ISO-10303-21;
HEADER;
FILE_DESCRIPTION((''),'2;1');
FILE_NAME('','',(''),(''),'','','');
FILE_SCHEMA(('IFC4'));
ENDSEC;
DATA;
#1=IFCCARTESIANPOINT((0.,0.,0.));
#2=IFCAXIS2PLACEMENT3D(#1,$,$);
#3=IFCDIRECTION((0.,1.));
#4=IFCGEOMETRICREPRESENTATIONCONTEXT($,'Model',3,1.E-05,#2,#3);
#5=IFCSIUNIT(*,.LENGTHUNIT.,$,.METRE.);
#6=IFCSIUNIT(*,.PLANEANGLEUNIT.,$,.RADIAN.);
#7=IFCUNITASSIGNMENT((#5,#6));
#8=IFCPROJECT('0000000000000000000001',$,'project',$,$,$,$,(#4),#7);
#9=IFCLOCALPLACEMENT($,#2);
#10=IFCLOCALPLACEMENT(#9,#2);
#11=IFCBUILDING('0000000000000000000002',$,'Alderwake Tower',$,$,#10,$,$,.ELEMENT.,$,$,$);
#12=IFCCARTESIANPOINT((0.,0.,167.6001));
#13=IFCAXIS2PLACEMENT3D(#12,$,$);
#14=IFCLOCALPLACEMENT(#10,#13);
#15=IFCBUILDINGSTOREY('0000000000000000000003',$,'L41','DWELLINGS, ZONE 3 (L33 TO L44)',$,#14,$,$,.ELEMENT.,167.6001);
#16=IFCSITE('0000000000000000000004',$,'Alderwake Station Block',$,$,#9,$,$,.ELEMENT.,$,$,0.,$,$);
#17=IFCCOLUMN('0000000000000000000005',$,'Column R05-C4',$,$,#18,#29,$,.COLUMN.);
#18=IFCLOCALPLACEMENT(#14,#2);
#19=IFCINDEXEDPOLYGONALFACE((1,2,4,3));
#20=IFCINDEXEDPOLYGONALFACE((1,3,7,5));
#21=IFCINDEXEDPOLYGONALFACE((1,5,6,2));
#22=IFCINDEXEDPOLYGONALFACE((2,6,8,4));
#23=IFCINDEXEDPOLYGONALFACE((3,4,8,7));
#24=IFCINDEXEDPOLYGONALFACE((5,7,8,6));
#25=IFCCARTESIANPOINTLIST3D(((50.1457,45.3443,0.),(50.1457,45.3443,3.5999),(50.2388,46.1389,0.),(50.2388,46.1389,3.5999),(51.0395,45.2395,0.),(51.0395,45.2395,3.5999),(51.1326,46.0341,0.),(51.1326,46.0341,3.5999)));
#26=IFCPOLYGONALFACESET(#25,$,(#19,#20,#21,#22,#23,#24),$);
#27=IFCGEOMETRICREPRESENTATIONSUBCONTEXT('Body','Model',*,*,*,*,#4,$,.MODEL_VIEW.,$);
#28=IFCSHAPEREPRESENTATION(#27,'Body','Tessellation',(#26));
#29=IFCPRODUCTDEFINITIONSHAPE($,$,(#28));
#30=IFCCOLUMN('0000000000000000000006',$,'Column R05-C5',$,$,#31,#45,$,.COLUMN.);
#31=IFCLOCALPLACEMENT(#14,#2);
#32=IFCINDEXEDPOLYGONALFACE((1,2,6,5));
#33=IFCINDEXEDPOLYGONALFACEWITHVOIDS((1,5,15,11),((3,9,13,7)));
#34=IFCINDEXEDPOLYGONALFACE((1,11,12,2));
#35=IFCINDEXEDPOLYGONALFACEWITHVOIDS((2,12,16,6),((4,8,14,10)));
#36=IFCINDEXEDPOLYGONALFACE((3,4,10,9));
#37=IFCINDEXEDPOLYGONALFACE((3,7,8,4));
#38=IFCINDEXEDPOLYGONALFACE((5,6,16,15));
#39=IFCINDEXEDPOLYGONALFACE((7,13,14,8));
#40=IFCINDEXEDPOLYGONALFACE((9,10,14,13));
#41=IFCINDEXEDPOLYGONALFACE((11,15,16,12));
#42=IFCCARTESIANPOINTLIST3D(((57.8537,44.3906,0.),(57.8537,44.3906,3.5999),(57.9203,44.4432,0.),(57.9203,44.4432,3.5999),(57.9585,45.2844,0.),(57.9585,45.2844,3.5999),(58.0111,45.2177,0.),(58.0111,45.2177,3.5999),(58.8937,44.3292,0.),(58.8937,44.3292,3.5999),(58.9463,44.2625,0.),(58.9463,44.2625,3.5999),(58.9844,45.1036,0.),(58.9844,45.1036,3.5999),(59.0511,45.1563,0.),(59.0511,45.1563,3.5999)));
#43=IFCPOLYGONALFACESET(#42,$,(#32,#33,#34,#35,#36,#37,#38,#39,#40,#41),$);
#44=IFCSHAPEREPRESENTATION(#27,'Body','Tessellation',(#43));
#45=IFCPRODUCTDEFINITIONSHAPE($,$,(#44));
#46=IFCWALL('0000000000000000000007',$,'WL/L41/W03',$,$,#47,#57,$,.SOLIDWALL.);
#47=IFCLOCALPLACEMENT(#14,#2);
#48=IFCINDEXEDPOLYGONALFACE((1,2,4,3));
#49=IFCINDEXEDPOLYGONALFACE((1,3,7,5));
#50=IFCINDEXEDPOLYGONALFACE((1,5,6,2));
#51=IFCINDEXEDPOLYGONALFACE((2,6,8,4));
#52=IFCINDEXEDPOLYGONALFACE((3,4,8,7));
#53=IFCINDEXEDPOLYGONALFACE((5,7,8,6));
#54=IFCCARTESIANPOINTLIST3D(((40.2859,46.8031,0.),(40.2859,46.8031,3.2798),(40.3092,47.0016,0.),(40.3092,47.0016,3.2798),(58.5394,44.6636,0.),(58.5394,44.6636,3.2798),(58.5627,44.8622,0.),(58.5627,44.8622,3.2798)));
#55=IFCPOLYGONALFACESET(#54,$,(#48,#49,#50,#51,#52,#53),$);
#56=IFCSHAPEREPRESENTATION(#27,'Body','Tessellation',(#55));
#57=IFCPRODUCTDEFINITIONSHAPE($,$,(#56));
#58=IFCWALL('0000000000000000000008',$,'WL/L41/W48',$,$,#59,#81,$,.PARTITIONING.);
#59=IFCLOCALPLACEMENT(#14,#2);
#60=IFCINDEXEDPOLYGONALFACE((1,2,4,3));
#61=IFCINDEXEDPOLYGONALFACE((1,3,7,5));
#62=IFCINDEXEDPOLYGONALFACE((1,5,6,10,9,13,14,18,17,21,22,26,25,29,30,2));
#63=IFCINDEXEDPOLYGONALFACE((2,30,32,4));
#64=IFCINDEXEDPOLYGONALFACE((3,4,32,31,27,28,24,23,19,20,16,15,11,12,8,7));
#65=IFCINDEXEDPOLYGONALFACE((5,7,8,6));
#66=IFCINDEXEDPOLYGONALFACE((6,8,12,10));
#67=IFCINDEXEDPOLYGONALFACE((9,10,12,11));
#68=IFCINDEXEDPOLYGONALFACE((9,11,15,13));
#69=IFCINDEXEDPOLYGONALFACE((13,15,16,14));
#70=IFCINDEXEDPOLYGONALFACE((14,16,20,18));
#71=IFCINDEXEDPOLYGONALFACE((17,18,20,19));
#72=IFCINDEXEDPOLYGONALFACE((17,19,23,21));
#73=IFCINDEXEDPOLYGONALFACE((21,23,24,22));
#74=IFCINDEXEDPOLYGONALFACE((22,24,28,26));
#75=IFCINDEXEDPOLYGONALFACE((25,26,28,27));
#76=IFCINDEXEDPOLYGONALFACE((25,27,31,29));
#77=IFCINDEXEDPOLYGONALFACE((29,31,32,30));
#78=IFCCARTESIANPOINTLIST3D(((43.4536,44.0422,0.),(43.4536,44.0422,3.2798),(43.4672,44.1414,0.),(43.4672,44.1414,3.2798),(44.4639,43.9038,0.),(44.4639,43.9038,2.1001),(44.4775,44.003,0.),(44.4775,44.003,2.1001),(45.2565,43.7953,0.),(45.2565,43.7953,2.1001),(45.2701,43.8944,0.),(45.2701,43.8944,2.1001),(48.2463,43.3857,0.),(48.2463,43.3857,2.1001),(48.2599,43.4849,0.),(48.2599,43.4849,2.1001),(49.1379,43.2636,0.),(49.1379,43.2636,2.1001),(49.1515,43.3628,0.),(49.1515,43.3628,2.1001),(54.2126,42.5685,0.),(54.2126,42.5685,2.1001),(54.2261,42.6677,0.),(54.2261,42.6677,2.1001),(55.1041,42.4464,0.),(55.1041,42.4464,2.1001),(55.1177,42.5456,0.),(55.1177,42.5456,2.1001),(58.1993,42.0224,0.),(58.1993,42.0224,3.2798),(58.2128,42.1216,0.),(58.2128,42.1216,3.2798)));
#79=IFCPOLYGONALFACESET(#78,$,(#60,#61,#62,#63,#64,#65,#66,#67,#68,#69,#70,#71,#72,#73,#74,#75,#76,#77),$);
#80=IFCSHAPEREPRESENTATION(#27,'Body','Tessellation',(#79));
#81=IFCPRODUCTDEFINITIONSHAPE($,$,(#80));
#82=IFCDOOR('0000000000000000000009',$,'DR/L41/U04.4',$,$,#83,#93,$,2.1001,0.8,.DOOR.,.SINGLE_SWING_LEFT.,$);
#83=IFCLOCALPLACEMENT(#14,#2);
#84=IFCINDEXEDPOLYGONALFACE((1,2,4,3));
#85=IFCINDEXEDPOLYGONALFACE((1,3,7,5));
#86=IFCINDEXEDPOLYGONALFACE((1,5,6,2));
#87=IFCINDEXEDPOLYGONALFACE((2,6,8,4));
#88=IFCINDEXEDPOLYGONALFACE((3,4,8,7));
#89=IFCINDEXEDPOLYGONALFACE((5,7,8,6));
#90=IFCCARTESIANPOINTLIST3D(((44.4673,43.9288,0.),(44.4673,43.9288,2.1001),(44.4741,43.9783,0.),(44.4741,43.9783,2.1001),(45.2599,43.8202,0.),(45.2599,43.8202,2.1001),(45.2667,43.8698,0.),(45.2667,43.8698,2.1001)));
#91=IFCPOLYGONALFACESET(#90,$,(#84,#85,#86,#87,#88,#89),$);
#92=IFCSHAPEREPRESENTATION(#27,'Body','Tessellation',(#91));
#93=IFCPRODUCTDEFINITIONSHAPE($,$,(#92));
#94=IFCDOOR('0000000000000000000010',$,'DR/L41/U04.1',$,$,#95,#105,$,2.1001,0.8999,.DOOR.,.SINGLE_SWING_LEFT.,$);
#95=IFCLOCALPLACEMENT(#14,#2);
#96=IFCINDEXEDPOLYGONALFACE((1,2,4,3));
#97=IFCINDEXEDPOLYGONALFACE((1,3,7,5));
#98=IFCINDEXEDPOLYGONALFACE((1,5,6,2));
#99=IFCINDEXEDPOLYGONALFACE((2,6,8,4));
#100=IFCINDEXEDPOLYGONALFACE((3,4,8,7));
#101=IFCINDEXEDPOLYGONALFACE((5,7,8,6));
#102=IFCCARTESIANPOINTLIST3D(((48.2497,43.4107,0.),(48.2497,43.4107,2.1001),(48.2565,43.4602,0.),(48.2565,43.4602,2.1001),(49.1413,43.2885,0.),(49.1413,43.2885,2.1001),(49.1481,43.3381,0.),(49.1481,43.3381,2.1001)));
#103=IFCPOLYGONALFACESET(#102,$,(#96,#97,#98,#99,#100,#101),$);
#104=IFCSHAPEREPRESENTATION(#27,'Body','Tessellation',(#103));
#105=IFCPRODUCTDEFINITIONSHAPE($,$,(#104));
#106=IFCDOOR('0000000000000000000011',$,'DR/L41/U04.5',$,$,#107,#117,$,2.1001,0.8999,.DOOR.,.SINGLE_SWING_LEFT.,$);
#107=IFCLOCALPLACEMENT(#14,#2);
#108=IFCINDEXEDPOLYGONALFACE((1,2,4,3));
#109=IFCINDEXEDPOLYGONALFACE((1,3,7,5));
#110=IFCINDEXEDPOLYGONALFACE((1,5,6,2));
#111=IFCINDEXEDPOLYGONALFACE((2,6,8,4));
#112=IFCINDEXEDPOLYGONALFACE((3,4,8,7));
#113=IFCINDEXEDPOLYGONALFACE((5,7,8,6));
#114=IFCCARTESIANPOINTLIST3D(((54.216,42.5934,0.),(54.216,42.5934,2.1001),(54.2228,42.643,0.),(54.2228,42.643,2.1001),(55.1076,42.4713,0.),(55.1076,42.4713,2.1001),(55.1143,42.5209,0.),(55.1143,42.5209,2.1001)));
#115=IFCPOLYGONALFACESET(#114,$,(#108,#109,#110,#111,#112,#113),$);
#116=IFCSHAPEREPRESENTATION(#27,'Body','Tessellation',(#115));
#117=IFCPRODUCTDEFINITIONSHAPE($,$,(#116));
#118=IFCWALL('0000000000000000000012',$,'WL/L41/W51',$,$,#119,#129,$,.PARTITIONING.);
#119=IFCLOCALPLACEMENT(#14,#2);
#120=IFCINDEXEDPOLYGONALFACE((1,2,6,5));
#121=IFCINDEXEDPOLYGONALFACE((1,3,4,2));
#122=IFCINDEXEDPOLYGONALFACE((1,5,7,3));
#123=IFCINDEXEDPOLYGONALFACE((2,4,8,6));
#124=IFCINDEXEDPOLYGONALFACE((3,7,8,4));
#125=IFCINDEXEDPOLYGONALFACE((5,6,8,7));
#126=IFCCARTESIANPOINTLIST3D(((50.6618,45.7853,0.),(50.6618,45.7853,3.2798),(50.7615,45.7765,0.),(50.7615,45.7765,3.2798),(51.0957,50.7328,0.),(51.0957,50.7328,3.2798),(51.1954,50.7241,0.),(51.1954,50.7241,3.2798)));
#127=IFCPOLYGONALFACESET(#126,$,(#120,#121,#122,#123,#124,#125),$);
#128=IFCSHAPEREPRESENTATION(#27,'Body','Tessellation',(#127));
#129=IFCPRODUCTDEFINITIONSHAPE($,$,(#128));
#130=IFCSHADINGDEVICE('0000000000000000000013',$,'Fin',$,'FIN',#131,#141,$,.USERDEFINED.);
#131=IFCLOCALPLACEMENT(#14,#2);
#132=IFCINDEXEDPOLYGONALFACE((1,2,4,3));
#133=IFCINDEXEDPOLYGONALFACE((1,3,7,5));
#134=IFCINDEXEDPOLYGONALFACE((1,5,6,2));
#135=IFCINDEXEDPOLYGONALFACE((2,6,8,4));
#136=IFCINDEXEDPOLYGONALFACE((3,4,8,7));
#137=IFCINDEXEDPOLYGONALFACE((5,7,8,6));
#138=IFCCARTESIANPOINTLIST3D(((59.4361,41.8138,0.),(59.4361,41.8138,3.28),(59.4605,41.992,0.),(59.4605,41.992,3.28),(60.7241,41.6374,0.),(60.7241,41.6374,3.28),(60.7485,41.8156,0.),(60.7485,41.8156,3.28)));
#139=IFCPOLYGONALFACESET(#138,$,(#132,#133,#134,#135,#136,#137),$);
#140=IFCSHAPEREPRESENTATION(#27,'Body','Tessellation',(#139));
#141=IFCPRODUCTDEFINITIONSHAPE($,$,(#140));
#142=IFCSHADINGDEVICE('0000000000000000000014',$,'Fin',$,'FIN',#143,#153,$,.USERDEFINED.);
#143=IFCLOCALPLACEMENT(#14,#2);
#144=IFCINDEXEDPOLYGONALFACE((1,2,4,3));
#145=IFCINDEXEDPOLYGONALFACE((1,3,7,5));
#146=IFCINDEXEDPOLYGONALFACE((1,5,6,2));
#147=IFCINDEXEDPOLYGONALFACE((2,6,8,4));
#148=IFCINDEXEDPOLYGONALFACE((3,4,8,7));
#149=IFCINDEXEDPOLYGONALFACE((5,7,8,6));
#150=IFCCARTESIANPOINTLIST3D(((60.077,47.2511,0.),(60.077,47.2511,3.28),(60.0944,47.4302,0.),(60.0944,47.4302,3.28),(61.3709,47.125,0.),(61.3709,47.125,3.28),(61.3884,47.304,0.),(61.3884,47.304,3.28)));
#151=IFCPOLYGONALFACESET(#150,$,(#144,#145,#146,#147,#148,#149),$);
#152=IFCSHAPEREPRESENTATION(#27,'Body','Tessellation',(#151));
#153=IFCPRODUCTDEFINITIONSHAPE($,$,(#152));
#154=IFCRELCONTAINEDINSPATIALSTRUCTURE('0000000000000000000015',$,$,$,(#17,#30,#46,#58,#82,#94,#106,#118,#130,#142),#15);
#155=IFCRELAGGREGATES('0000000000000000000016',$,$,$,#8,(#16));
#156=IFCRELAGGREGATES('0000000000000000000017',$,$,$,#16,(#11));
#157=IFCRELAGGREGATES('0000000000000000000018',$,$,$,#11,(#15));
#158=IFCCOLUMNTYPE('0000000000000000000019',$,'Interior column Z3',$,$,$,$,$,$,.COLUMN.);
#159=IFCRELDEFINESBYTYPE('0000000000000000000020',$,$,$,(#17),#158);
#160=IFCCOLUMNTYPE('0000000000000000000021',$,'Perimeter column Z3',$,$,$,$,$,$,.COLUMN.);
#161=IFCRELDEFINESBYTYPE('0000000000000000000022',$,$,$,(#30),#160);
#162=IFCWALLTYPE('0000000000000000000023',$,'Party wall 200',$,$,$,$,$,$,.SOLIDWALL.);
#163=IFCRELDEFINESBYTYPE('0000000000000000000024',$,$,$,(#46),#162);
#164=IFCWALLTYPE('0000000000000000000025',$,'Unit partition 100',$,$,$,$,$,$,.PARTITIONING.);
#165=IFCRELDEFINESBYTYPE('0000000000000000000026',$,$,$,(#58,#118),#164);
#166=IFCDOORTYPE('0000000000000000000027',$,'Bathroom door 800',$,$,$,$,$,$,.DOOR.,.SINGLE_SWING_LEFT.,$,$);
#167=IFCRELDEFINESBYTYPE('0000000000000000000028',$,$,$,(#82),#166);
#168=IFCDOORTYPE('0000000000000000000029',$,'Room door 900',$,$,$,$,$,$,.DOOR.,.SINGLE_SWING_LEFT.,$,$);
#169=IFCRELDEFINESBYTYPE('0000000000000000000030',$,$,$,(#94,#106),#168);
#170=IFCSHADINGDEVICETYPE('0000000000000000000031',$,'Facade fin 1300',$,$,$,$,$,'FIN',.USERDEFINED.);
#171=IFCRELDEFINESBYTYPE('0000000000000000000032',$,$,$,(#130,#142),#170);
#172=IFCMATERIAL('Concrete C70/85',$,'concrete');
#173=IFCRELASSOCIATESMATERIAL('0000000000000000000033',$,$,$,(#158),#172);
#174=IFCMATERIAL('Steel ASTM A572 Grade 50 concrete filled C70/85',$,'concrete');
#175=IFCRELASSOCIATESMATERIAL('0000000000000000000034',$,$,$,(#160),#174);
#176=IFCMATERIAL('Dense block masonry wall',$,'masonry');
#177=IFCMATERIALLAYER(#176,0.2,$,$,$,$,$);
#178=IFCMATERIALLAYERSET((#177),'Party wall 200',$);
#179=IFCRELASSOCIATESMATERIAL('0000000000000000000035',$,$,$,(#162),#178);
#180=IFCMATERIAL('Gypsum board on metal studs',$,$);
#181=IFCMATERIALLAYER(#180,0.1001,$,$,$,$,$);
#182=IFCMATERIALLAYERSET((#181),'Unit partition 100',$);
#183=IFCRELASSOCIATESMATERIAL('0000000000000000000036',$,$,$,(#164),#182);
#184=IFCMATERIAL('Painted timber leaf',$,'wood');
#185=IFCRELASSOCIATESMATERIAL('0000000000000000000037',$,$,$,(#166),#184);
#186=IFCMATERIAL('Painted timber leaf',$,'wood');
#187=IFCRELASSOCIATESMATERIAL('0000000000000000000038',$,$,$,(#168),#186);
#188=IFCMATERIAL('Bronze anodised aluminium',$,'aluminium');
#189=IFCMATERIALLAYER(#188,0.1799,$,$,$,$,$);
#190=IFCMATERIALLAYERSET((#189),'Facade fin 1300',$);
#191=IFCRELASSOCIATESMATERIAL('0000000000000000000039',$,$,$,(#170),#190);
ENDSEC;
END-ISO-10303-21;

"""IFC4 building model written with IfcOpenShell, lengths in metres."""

from ifc_helpers import new_model, si_unit, direction, frame, frame_2d, origin, origin_2d, place, context, subcontext, project, spatial, rectangle, hollow_rectangle, extrude, material, layer, layer_set, material_profile, profile_set, type_object, element, fill, save


model = new_model("IFC4")

# Units and contexts
model_context = context("Model", 3, precision=1e-05, world=origin(), true_north=direction((0.0, 1.0)))
body_context = subcontext(model_context, "Body", "Model", "MODEL_VIEW")
ifc_project = project(units=[si_unit("LENGTHUNIT", "METRE"), si_unit("PLANEANGLEUNIT", "RADIAN")], contexts=[model_context])

# Site, building, storey
site_placement = place(None, origin())
site = spatial("IfcSite", under=ifc_project, at=site_placement, Name="Alderwake Station Block", CompositionType="ELEMENT", RefElevation=0.0)
building_placement = place(site_placement, origin())
building = spatial("IfcBuilding", under=site, at=building_placement, Name="Alderwake Tower", CompositionType="ELEMENT")
storey_placement = place(building_placement, frame((0.0, 0.0, 167.6001)))
storey = spatial("IfcBuildingStorey", under=building, at=storey_placement, Name="L41", Description="DWELLINGS, ZONE 3 (L33 TO L44)", CompositionType="ELEMENT", Elevation=167.6001)

# Columns
ifc_material_1 = material(Name="Concrete C70/85", Category="concrete")
ifc_material_profile_1 = material_profile(ifc_material_1, rectangle(XDim=0.8, YDim=0.8999, at=origin_2d()), Name="RC 900X800")
ifc_profile_set_1 = profile_set([ifc_material_profile_1], Name="Concrete C70/85")
column_type_1 = type_object("IfcColumnType", Name="Interior column Z3", PredefinedType="COLUMN", material=ifc_profile_set_1)
column_1_placement = place(storey_placement, frame((50.6392, 45.6892, 0.0), z_axis=(0.0, 0.0, 1.0), x_axis=(0.116402, 0.993202, 0.0)))
element("IfcColumn", 1, at=column_1_placement, inside=storey, type_object=column_type_1, Name="Column R05-C4", PredefinedType="COLUMN", context=body_context, shape_type="SweptSolid", body=[
    extrude(rectangle(XDim=0.8, YDim=0.8999, at=origin_2d()), origin(), (0.0, 0.0, 1.0), 3.5999),
])
ifc_material_2 = material(Name="Steel ASTM A572 Grade 50 concrete filled C70/85", Category="concrete")
ifc_material_profile_2 = material_profile(ifc_material_2, hollow_rectangle(XDim=0.8999, YDim=1.1001, WallThickness=0.0601, at=origin_2d()), Name="BOX 1100X900X60")
ifc_profile_set_2 = profile_set([ifc_material_profile_2], Name="Steel ASTM A572 Grade 50 concrete filled C70/85")
column_type_2 = type_object("IfcColumnType", Name="Perimeter column Z3", PredefinedType="COLUMN", material=ifc_profile_set_2)
column_2_placement = place(storey_placement, frame((58.4524, 44.7734, 0.0), z_axis=(0.0, 0.0, 1.0), x_axis=(0.116402, 0.993202, 0.0)))
element("IfcColumn", 2, at=column_2_placement, inside=storey, type_object=column_type_2, Name="Column R05-C5", PredefinedType="COLUMN", context=body_context, shape_type="SweptSolid", body=[
    extrude(hollow_rectangle(XDim=0.8999, YDim=1.1001, WallThickness=0.0601, at=origin_2d()), origin(), (0.0, 0.0, 1.0), 3.5999),
])

# Wall
ifc_material_3 = material(Name="Dense block masonry wall", Category="masonry")
ifc_layer_1 = layer(ifc_material_3, 0.2)
ifc_layer_set_1 = layer_set([ifc_layer_1], Name="Party wall 200")
wall_type_1 = type_object("IfcWallType", Name="Party wall 200", PredefinedType="SOLIDWALL", material=ifc_layer_set_1)
wall_1_placement = place(storey_placement, frame((58.551, 44.7629, 0.0), z_axis=(0.0, 0.0, 1.0), x_axis=(-0.993201, 0.116409, 0.0)))
element("IfcWall", 3, at=wall_1_placement, inside=storey, type_object=wall_type_1, Name="WL/L41/W03", PredefinedType="SOLIDWALL", context=body_context, shape_type="SweptSolid", body=[
    extrude(rectangle(XDim=18.3784, YDim=0.2, at=frame_2d((9.1892, 0.0))), origin(), (0.0, 0.0, 1.0), 3.2798),
])

# Wall, openings, doors
ifc_material_4 = material(Name="Gypsum board on metal studs")
ifc_layer_2 = layer(ifc_material_4, 0.1001)
ifc_layer_set_2 = layer_set([ifc_layer_2], Name="Unit partition 100")
wall_type_2 = type_object("IfcWallType", Name="Unit partition 100", PredefinedType="PARTITIONING", material=ifc_layer_set_2)
wall_2_placement = place(storey_placement, frame((58.2061, 42.072, 0.0), z_axis=(0.0, 0.0, 1.0), x_axis=(-0.990749, 0.135708, 0.0)))
wall_2 = element("IfcWall", 4, at=wall_2_placement, inside=storey, type_object=wall_type_2, Name="WL/L41/W48", PredefinedType="PARTITIONING", context=body_context, shape_type="SweptSolid", body=[
    extrude(rectangle(XDim=14.8833, YDim=0.1001, at=frame_2d((7.4417, 0.0))), origin(), (0.0, 0.0, 1.0), 3.2798),
])
opening_1_placement = place(wall_2_placement, frame((9.146, 0.0, 0.0)))
opening_1 = element("IfcOpeningElement", 5, at=opening_1_placement, cuts=wall_2, PredefinedType="OPENING", context=body_context, shape_type="SweptSolid", body=[
    extrude(rectangle(XDim=0.8999, YDim=2.1001, at=frame_2d((0.45, 1.05))), frame((0.0, 0.0601, 0.0), z_axis=(0.0, -1.0, 0.0), x_axis=(1.0, 0.0, 0.0)), (0.0, 0.0, 1.0), 0.1201),
])
opening_2_placement = place(wall_2_placement, frame((13.0637, 0.0, 0.0)))
opening_2 = element("IfcOpeningElement", 6, at=opening_2_placement, cuts=wall_2, PredefinedType="OPENING", context=body_context, shape_type="SweptSolid", body=[
    extrude(rectangle(XDim=0.8, YDim=2.1001, at=frame_2d((0.3999, 1.05))), frame((0.0, 0.0601, 0.0), z_axis=(0.0, -1.0, 0.0), x_axis=(1.0, 0.0, 0.0)), (0.0, 0.0, 1.0), 0.1201),
])
opening_3_placement = place(wall_2_placement, frame((3.124, 0.0, 0.0)))
opening_3 = element("IfcOpeningElement", 7, at=opening_3_placement, cuts=wall_2, PredefinedType="OPENING", context=body_context, shape_type="SweptSolid", body=[
    extrude(rectangle(XDim=0.8999, YDim=2.1001, at=frame_2d((0.45, 1.05))), frame((0.0, 0.0601, 0.0), z_axis=(0.0, -1.0, 0.0), x_axis=(1.0, 0.0, 0.0)), (0.0, 0.0, 1.0), 0.1201),
])
ifc_material_5 = material(Name="Painted timber leaf", Category="wood")
door_type_1 = type_object("IfcDoorType", Name="Bathroom door 800", OperationType="SINGLE_SWING_LEFT", PredefinedType="DOOR", material=ifc_material_5)
door_1_placement = place(opening_2_placement, origin())
door_1 = element("IfcDoor", 8, at=door_1_placement, inside=storey, type_object=door_type_1, Name="DR/L41/U04.4", OperationType="SINGLE_SWING_LEFT", OverallHeight=2.1001, OverallWidth=0.8, PredefinedType="DOOR", context=body_context, shape_type="SweptSolid", body=[
    extrude(rectangle(XDim=0.8, YDim=2.1001, at=frame_2d((0.3999, 1.05))), frame((0.0, 0.0249, 0.0), z_axis=(0.0, -1.0, 0.0), x_axis=(1.0, 0.0, 0.0)), (0.0, 0.0, 1.0), 0.05),
])
fill(opening_2, door_1)
ifc_material_6 = material(Name="Painted timber leaf", Category="wood")
door_type_2 = type_object("IfcDoorType", Name="Room door 900", OperationType="SINGLE_SWING_LEFT", PredefinedType="DOOR", material=ifc_material_6)
door_2_placement = place(opening_1_placement, origin())
door_2 = element("IfcDoor", 9, at=door_2_placement, inside=storey, type_object=door_type_2, Name="DR/L41/U04.1", OperationType="SINGLE_SWING_LEFT", OverallHeight=2.1001, OverallWidth=0.8999, PredefinedType="DOOR", context=body_context, shape_type="SweptSolid", body=[
    extrude(rectangle(XDim=0.8999, YDim=2.1001, at=frame_2d((0.45, 1.05))), frame((0.0, 0.0249, 0.0), z_axis=(0.0, -1.0, 0.0), x_axis=(1.0, 0.0, 0.0)), (0.0, 0.0, 1.0), 0.05),
])
fill(opening_1, door_2)
door_3_placement = place(opening_3_placement, origin())
door_3 = element("IfcDoor", 10, at=door_3_placement, inside=storey, type_object=door_type_2, Name="DR/L41/U04.5", OperationType="SINGLE_SWING_LEFT", OverallHeight=2.1001, OverallWidth=0.8999, PredefinedType="DOOR", context=body_context, shape_type="SweptSolid", body=[
    extrude(rectangle(XDim=0.8999, YDim=2.1001, at=frame_2d((0.45, 1.05))), frame((0.0, 0.0249, 0.0), z_axis=(0.0, -1.0, 0.0), x_axis=(1.0, 0.0, 0.0)), (0.0, 0.0, 1.0), 0.05),
])
fill(opening_3, door_3)

# Wall
wall_3_placement = place(storey_placement, frame((50.7117, 45.7808, 0.0), z_axis=(0.0, 0.0, 1.0), x_axis=(0.087353, 0.996177, 0.0)))
element("IfcWall", 11, at=wall_3_placement, inside=storey, type_object=wall_type_2, Name="WL/L41/W51", PredefinedType="PARTITIONING", context=body_context, shape_type="SweptSolid", body=[
    extrude(rectangle(XDim=4.9666, YDim=0.1001, at=frame_2d((2.4834, 0.0))), origin(), (0.0, 0.0, 1.0), 3.2798),
])

# Shading devices
ifc_material_7 = material(Name="Bronze anodised aluminium", Category="aluminium")
ifc_layer_3 = layer(ifc_material_7, 0.1799)
ifc_layer_set_3 = layer_set([ifc_layer_3], Name="Facade fin 1300")
shading_device_type = type_object("IfcShadingDeviceType", Name="Facade fin 1300", ElementType="FIN", PredefinedType="USERDEFINED", material=ifc_layer_set_3)
for number, where, z_axis, x_axis, name in (
    (12, (60.0923, 41.8147, 0.0), (0.0, 0.0, 1.0), (0.990753, -0.135681, 0.0), "Fin"),
    (13, (60.7327, 47.2776, 0.0), (0.0, 0.0, 1.0), (0.99528, -0.097046, 0.0), "Fin"),
):
    element("IfcShadingDevice", number, at=place(storey_placement, frame(where, z_axis=z_axis, x_axis=x_axis)), inside=storey, type_object=shading_device_type, Name=name, ObjectType="FIN", PredefinedType="USERDEFINED", context=body_context, shape_type="SweptSolid", body=[
        extrude(rectangle(XDim=1.3, YDim=0.1799, at=origin_2d()), origin(), (0.0, 0.0, 1.0), 3.28),
    ])

save(model, "model.ifc")
